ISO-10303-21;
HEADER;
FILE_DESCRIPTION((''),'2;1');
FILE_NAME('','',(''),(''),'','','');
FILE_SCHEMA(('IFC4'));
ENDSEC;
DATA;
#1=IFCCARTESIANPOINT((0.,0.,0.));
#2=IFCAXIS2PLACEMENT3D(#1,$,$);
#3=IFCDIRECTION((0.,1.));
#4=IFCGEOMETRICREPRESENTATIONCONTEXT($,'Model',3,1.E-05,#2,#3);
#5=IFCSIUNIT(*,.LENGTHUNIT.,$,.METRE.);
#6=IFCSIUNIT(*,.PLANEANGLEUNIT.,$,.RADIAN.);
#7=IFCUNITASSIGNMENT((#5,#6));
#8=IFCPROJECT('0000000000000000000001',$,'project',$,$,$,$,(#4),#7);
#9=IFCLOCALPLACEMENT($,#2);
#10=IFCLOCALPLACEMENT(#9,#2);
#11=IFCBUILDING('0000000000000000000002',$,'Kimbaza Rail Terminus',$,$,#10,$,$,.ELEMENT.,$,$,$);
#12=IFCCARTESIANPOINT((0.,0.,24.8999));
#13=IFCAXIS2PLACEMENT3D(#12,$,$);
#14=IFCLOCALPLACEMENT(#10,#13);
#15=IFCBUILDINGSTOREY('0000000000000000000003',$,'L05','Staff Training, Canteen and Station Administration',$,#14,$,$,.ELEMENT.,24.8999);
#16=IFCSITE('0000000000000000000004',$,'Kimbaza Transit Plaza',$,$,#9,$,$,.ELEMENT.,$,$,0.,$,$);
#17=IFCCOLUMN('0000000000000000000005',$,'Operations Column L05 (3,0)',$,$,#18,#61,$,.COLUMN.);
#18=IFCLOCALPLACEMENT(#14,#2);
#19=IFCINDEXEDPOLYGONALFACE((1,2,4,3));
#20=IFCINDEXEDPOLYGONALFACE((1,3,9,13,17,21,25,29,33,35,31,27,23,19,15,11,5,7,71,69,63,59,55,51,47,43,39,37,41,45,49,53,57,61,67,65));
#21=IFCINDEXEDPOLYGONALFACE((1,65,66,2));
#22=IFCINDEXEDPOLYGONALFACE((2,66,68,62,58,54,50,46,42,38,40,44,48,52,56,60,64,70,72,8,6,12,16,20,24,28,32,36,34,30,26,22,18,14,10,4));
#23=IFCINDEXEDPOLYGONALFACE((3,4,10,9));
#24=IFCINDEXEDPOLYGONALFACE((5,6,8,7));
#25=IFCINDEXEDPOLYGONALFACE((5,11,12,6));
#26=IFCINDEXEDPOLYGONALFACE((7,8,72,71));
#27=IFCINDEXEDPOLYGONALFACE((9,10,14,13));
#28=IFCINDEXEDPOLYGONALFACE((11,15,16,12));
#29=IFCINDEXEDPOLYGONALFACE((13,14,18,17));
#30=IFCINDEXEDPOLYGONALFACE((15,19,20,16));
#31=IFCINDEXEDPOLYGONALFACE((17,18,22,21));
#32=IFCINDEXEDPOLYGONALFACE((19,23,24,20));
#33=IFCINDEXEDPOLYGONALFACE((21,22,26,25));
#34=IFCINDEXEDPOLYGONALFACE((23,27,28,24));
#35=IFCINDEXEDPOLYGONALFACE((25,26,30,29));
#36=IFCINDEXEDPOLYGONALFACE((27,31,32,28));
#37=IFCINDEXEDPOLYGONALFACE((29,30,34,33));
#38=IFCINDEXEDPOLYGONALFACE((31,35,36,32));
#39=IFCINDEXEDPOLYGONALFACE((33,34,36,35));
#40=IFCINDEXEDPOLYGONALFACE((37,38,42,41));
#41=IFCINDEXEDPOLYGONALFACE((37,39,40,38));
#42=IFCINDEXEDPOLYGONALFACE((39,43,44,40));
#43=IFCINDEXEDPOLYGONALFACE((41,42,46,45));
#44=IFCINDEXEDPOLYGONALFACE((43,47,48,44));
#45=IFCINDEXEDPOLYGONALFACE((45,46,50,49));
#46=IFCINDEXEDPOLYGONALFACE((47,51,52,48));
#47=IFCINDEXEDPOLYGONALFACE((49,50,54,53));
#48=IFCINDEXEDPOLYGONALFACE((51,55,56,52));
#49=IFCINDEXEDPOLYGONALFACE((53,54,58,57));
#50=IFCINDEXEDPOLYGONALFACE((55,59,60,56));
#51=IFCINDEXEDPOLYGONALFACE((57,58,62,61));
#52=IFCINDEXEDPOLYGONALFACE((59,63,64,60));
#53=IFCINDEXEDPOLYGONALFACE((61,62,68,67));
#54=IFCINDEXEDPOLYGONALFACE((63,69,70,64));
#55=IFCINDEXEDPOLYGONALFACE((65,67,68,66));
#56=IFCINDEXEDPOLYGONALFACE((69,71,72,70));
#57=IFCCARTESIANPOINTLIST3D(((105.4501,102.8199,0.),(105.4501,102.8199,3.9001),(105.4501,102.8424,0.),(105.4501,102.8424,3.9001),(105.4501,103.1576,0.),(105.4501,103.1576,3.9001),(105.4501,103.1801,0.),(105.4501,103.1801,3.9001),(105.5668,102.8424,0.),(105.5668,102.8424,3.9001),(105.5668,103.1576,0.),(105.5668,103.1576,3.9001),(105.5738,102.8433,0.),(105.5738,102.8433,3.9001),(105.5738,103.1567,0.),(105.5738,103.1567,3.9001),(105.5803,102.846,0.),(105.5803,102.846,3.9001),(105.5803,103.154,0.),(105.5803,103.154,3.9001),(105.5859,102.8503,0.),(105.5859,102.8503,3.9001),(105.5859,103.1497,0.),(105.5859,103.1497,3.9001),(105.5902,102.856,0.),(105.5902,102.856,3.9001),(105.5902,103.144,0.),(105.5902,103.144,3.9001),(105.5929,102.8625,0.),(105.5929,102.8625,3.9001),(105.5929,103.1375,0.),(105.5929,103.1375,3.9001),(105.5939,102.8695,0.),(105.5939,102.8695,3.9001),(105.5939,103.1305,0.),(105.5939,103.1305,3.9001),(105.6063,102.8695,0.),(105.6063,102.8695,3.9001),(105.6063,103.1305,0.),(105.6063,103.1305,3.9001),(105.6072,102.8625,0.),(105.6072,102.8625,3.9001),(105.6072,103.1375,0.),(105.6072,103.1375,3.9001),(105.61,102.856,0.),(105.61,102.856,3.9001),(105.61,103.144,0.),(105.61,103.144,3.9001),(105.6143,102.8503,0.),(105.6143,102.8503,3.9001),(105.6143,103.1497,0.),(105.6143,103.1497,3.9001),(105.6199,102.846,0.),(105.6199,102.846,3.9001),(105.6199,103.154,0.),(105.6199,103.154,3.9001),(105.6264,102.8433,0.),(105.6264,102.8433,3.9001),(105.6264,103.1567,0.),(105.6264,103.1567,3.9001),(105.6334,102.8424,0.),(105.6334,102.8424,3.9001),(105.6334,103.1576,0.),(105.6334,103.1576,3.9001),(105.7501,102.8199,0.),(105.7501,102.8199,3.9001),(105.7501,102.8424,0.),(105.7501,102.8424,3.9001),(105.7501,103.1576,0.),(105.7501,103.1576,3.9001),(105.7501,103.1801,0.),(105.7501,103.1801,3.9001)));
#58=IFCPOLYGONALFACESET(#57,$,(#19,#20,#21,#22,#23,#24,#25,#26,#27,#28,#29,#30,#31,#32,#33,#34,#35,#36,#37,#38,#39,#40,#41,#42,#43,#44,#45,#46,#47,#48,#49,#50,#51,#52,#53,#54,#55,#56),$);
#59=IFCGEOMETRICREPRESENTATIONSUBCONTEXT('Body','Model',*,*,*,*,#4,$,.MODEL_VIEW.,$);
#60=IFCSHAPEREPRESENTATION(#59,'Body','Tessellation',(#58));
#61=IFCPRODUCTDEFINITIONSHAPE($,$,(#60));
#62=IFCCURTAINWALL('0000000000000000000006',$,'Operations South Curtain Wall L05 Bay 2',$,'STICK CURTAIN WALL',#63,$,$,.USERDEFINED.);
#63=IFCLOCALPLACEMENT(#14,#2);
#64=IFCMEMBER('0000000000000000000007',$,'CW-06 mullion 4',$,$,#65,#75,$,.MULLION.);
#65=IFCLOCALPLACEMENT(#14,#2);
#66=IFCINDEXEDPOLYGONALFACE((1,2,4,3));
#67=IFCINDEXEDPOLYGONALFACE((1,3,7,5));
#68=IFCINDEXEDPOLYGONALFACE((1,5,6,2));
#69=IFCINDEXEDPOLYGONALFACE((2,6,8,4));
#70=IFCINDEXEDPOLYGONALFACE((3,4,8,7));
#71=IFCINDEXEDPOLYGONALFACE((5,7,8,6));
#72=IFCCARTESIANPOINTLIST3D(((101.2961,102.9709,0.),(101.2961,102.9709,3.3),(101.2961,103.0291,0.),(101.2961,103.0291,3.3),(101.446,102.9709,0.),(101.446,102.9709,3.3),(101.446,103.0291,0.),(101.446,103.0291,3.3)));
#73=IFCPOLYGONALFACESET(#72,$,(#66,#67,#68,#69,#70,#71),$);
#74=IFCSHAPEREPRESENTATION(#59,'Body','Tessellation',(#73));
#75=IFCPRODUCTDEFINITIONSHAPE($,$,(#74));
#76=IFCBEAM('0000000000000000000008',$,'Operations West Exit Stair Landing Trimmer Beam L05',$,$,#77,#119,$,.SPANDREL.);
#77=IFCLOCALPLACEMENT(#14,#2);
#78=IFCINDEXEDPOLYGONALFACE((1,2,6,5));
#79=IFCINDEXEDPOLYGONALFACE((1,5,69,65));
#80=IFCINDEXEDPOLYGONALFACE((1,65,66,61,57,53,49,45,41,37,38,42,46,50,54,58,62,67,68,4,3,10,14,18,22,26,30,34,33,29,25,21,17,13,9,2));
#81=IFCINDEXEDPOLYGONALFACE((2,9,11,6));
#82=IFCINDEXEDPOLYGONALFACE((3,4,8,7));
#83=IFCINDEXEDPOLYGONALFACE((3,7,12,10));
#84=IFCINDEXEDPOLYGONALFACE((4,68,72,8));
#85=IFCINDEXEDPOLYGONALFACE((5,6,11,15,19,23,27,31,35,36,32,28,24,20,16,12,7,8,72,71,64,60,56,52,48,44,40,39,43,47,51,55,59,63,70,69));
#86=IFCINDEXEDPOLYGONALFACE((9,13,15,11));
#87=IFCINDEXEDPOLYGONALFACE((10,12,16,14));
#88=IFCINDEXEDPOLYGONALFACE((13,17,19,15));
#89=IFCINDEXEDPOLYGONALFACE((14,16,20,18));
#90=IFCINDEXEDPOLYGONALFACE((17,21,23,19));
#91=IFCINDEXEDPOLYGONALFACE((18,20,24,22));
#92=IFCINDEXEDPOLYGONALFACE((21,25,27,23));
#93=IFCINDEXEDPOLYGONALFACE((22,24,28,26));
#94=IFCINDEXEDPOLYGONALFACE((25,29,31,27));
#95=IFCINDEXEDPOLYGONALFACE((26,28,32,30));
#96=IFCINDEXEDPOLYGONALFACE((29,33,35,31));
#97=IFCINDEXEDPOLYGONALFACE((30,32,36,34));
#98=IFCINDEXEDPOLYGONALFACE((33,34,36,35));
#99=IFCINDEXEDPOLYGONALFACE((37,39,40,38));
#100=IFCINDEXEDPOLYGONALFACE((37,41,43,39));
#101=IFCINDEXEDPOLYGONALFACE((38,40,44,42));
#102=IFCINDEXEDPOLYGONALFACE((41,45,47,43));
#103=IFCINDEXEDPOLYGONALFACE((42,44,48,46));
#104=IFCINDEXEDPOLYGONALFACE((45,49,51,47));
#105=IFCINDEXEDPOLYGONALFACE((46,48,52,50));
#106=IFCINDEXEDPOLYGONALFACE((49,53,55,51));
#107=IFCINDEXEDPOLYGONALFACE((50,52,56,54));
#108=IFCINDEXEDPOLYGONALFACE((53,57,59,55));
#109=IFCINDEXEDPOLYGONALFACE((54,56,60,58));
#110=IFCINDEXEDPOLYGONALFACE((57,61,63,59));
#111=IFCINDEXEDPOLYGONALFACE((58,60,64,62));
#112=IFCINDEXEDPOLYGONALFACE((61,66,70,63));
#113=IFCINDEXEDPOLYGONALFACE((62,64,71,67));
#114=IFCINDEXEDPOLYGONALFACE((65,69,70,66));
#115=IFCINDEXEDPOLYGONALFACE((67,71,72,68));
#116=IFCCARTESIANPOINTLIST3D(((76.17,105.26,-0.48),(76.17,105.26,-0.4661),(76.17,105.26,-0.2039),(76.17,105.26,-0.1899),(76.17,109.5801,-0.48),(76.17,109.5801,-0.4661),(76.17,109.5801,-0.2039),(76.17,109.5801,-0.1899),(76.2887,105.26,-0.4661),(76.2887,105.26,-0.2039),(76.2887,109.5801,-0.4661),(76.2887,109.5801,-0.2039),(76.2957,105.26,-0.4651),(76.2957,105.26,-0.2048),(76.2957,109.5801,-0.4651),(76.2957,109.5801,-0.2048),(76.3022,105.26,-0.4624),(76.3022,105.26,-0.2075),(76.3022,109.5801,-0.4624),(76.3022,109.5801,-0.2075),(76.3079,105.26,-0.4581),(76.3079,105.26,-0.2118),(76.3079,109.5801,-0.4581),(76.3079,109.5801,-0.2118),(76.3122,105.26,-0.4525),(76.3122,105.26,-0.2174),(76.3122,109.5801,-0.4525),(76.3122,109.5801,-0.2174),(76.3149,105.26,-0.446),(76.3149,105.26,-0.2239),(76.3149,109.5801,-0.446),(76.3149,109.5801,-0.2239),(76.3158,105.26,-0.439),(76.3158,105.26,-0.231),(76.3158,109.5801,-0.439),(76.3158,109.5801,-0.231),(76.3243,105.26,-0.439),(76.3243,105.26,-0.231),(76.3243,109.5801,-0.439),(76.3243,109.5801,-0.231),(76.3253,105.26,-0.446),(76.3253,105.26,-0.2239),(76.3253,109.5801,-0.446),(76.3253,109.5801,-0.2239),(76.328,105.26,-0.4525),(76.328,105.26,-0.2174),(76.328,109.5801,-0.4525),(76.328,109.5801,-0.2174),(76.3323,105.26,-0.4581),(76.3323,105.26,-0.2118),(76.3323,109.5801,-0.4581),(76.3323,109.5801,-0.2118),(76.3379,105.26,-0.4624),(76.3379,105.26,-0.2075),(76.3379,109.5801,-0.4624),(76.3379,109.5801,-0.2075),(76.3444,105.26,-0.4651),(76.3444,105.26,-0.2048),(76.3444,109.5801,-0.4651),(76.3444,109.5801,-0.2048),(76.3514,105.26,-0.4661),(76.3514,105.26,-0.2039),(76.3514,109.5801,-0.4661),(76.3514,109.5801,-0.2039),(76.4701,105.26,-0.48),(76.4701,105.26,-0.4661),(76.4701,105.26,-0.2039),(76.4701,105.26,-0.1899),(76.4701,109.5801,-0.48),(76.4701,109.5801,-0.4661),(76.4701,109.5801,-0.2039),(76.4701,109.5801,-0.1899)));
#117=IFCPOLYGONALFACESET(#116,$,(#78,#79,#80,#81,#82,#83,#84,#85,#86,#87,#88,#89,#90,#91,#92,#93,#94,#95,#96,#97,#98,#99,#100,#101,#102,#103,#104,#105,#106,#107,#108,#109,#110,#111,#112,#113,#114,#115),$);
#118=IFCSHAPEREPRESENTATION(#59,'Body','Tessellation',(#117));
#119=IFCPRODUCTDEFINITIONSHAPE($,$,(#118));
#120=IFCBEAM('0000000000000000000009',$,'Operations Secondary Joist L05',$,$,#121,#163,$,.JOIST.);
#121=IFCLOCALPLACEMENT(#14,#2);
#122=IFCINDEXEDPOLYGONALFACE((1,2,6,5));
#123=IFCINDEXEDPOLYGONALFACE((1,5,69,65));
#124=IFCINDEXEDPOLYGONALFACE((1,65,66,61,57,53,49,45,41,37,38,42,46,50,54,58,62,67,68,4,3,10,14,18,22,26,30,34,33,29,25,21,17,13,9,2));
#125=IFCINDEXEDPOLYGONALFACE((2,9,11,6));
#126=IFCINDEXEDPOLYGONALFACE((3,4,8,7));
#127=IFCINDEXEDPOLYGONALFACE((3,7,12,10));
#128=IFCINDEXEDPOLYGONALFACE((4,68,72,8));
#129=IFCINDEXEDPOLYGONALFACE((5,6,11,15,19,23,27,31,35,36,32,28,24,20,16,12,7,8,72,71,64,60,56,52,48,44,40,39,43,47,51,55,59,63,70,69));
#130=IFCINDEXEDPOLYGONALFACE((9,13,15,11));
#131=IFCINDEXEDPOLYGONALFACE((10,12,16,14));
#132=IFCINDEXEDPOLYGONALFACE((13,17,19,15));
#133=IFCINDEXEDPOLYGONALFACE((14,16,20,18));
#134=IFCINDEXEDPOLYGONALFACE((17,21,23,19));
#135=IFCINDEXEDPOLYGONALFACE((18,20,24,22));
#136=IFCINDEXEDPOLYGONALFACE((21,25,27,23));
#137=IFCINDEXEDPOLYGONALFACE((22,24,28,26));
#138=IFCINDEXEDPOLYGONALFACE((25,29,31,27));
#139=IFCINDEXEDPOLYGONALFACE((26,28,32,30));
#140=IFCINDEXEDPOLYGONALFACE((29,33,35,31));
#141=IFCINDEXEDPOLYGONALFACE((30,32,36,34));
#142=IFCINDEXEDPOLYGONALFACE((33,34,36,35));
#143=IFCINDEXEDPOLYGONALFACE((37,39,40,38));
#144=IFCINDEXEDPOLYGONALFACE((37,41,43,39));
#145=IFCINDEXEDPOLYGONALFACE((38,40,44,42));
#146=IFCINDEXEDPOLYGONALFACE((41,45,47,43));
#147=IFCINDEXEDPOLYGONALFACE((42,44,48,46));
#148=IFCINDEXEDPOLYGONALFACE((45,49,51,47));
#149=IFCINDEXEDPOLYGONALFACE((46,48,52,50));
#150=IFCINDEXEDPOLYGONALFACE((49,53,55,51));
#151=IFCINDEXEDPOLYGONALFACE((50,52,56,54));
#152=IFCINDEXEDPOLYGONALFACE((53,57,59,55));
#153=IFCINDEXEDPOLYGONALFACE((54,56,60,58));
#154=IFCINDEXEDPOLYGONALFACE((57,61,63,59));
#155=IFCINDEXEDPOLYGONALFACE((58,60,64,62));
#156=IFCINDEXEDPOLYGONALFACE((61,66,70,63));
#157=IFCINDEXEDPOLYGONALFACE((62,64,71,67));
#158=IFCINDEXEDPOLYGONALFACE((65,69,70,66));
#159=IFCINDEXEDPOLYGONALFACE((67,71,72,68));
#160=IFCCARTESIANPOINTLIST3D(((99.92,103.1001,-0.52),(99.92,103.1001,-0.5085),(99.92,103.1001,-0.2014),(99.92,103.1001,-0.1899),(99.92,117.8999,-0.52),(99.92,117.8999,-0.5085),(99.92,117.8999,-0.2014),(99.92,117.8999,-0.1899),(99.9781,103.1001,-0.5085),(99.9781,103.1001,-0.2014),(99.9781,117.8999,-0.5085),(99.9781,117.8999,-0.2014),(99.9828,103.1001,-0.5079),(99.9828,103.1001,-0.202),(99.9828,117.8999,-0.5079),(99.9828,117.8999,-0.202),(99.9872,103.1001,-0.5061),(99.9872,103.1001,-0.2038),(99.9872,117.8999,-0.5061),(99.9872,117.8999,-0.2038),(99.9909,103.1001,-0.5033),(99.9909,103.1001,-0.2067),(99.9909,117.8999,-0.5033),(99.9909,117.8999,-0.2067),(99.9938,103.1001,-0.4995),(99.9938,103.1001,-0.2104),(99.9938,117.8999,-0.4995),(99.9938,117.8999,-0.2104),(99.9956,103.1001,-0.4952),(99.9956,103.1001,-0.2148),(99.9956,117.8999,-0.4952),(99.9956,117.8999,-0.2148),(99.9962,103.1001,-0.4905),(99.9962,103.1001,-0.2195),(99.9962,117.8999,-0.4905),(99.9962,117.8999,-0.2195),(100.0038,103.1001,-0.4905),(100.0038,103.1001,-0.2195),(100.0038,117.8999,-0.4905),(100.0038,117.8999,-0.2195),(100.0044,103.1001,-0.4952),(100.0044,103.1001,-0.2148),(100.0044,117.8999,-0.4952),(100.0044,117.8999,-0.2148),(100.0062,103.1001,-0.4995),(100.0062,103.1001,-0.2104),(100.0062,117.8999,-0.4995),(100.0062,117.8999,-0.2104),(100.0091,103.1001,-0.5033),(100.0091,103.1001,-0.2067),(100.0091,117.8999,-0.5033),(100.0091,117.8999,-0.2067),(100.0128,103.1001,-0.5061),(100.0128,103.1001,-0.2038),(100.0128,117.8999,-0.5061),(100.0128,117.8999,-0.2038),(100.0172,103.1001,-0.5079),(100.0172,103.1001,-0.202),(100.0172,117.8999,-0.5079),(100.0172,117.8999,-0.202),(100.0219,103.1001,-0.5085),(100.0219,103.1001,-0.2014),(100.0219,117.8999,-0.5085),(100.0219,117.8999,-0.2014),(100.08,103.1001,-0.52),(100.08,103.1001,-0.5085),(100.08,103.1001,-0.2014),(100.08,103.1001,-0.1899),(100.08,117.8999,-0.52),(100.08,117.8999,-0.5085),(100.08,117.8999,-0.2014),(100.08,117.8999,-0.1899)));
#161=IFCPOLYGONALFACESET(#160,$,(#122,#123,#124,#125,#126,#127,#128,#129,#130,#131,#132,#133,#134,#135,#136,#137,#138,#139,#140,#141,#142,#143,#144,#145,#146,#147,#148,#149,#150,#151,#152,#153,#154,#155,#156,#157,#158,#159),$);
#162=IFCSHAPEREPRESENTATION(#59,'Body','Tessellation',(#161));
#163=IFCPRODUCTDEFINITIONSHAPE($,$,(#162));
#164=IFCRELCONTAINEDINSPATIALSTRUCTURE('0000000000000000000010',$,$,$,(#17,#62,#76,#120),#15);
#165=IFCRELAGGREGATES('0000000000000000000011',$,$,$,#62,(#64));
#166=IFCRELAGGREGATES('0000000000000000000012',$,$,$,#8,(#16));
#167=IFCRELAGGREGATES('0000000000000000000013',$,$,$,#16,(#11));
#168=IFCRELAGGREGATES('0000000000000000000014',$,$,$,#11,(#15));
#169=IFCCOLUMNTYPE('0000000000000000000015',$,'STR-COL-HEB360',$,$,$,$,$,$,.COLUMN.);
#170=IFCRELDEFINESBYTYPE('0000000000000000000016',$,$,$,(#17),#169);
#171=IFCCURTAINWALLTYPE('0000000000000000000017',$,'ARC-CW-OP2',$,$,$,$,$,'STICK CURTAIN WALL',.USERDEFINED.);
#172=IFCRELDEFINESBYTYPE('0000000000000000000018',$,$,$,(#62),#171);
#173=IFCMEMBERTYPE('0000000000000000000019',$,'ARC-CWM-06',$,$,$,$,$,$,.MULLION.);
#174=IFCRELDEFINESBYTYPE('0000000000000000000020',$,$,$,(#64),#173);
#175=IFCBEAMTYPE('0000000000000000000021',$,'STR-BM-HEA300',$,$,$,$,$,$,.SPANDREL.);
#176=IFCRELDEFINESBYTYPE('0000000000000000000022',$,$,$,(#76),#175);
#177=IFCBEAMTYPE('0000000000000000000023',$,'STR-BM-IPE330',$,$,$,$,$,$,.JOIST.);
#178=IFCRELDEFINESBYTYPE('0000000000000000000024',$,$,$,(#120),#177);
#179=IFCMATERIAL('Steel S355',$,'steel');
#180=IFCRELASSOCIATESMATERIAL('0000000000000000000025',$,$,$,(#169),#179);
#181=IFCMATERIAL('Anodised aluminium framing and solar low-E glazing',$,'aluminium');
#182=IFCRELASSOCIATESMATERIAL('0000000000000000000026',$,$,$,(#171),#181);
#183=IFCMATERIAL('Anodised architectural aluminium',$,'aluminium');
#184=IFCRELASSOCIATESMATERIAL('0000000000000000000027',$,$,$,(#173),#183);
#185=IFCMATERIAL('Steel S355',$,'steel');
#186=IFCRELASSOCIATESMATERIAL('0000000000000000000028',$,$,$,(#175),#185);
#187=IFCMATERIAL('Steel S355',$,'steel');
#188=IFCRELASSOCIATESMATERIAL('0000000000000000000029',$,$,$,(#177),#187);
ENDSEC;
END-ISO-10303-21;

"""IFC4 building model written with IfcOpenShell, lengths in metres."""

from ifc_helpers import new_model, si_unit, direction, frame, origin, origin_2d, place, context, subcontext, project, spatial, rectangle, i_section, extrude, material, material_profile, profile_set, type_object, element, aggregate, save


model = new_model("IFC4")

# Units and contexts
model_context = context("Model", 3, precision=1e-05, world=origin(), true_north=direction((0.0, 1.0)))
body_context = subcontext(model_context, "Body", "Model", "MODEL_VIEW")
ifc_project = project(units=[si_unit("LENGTHUNIT", "METRE"), si_unit("PLANEANGLEUNIT", "RADIAN")], contexts=[model_context])

# Site, building, storey
site_placement = place(None, origin())
site = spatial("IfcSite", under=ifc_project, at=site_placement, Name="Kimbaza Transit Plaza", CompositionType="ELEMENT", RefElevation=0.0)
building_placement = place(site_placement, origin())
building = spatial("IfcBuilding", under=site, at=building_placement, Name="Kimbaza Rail Terminus", CompositionType="ELEMENT")
storey_placement = place(building_placement, frame((0.0, 0.0, 24.8999)))
storey = spatial("IfcBuildingStorey", under=building, at=storey_placement, Name="L05", Description="Staff Training, Canteen and Station Administration", CompositionType="ELEMENT", Elevation=24.8999)

# Column
ifc_material_1 = material(Name="Steel S355", Category="steel")
ifc_material_profile_1 = material_profile(ifc_material_1, i_section(OverallWidth=0.3, OverallDepth=0.3601, WebThickness=0.0125, FlangeThickness=0.0225, FilletRadius=0.0271, at=origin_2d()), Name="HEB 360")
ifc_profile_set_1 = profile_set([ifc_material_profile_1], Name="Steel S355")
column_type = type_object("IfcColumnType", Name="STR-COL-HEB360", PredefinedType="COLUMN", material=ifc_profile_set_1)
column_placement = place(storey_placement, frame((105.6001, 103.0, 0.0), z_axis=(0.0, 0.0, 1.0), x_axis=(1.0, 0.0, 0.0)))
element("IfcColumn", 1, at=column_placement, inside=storey, type_object=column_type, Name="Operations Column L05 (3,0)", PredefinedType="COLUMN", context=body_context, shape_type="SweptSolid", body=[
    extrude(i_section(OverallWidth=0.3, OverallDepth=0.3601, WebThickness=0.0125, FlangeThickness=0.0225, FilletRadius=0.0271, at=origin_2d()), origin(), (0.0, 0.0, 1.0), 3.9001),
])

# Curtain wall, member
ifc_material_2 = material(Name="Anodised aluminium framing and solar low-E glazing", Category="aluminium")
curtain_wall_type = type_object("IfcCurtainWallType", Name="ARC-CW-OP2", ElementType="STICK CURTAIN WALL", PredefinedType="USERDEFINED", material=ifc_material_2)
curtain_wall_placement = place(storey_placement, origin())
curtain_wall = element("IfcCurtainWall", 2, at=curtain_wall_placement, inside=storey, type_object=curtain_wall_type, Name="Operations South Curtain Wall L05 Bay 2", ObjectType="STICK CURTAIN WALL", PredefinedType="USERDEFINED")
ifc_material_3 = material(Name="Anodised architectural aluminium", Category="aluminium")
ifc_material_profile_2 = material_profile(ifc_material_3, rectangle(XDim=0.0581, YDim=0.1499, at=origin_2d()), Name="MULLION 58x150")
ifc_profile_set_2 = profile_set([ifc_material_profile_2], Name="Anodised architectural aluminium")
member_type = type_object("IfcMemberType", Name="ARC-CWM-06", PredefinedType="MULLION", material=ifc_profile_set_2)
member_placement = place(storey_placement, frame((101.3711, 103.0, 0.0), z_axis=(0.0, 0.0, 1.0), x_axis=(0.0, 1.0, 0.0)))
member = element("IfcMember", 3, at=member_placement, type_object=member_type, Name="CW-06 mullion 4", PredefinedType="MULLION", context=body_context, shape_type="SweptSolid", body=[
    extrude(rectangle(XDim=0.0581, YDim=0.1499, at=origin_2d()), origin(), (0.0, 0.0, 1.0), 3.3),
])

# Beams
ifc_material_4 = material(Name="Steel S355", Category="steel")
ifc_material_profile_3 = material_profile(ifc_material_4, i_section(OverallWidth=0.3, OverallDepth=0.29, WebThickness=0.0085, FlangeThickness=0.0139, FilletRadius=0.0271, at=origin_2d()), Name="HEA 300")
ifc_profile_set_3 = profile_set([ifc_material_profile_3], Name="Steel S355")
beam_type_1 = type_object("IfcBeamType", Name="STR-BM-HEA300", PredefinedType="SPANDREL", material=ifc_profile_set_3)
beam_1_placement = place(storey_placement, frame((76.3201, 105.26, -0.335), z_axis=(0.0, 1.0, 0.0), x_axis=(-1.0, 0.0, 0.0)))
element("IfcBeam", 4, at=beam_1_placement, inside=storey, type_object=beam_type_1, Name="Operations West Exit Stair Landing Trimmer Beam L05", PredefinedType="SPANDREL", context=body_context, shape_type="SweptSolid", body=[
    extrude(i_section(OverallWidth=0.3, OverallDepth=0.29, WebThickness=0.0085, FlangeThickness=0.0139, FilletRadius=0.0271, at=origin_2d()), origin(), (0.0, 0.0, 1.0), 4.3201),
])
ifc_material_5 = material(Name="Steel S355", Category="steel")
ifc_material_profile_4 = material_profile(ifc_material_5, i_section(OverallWidth=0.1599, OverallDepth=0.3301, WebThickness=0.0076, FlangeThickness=0.0115, FilletRadius=0.0181, at=origin_2d()), Name="IPE 330")
ifc_profile_set_4 = profile_set([ifc_material_profile_4], Name="Steel S355")
beam_type_2 = type_object("IfcBeamType", Name="STR-BM-IPE330", PredefinedType="JOIST", material=ifc_profile_set_4)
beam_2_placement = place(storey_placement, frame((100.0, 103.1001, -0.355), z_axis=(0.0, 1.0, 0.0), x_axis=(-1.0, 0.0, 0.0)))
element("IfcBeam", 5, at=beam_2_placement, inside=storey, type_object=beam_type_2, Name="Operations Secondary Joist L05", PredefinedType="JOIST", context=body_context, shape_type="SweptSolid", body=[
    extrude(i_section(OverallWidth=0.1599, OverallDepth=0.3301, WebThickness=0.0076, FlangeThickness=0.0115, FilletRadius=0.0181, at=origin_2d()), origin(), (0.0, 0.0, 1.0), 14.7998),
])

aggregate(curtain_wall, [member])

save(model, "model.ifc")
